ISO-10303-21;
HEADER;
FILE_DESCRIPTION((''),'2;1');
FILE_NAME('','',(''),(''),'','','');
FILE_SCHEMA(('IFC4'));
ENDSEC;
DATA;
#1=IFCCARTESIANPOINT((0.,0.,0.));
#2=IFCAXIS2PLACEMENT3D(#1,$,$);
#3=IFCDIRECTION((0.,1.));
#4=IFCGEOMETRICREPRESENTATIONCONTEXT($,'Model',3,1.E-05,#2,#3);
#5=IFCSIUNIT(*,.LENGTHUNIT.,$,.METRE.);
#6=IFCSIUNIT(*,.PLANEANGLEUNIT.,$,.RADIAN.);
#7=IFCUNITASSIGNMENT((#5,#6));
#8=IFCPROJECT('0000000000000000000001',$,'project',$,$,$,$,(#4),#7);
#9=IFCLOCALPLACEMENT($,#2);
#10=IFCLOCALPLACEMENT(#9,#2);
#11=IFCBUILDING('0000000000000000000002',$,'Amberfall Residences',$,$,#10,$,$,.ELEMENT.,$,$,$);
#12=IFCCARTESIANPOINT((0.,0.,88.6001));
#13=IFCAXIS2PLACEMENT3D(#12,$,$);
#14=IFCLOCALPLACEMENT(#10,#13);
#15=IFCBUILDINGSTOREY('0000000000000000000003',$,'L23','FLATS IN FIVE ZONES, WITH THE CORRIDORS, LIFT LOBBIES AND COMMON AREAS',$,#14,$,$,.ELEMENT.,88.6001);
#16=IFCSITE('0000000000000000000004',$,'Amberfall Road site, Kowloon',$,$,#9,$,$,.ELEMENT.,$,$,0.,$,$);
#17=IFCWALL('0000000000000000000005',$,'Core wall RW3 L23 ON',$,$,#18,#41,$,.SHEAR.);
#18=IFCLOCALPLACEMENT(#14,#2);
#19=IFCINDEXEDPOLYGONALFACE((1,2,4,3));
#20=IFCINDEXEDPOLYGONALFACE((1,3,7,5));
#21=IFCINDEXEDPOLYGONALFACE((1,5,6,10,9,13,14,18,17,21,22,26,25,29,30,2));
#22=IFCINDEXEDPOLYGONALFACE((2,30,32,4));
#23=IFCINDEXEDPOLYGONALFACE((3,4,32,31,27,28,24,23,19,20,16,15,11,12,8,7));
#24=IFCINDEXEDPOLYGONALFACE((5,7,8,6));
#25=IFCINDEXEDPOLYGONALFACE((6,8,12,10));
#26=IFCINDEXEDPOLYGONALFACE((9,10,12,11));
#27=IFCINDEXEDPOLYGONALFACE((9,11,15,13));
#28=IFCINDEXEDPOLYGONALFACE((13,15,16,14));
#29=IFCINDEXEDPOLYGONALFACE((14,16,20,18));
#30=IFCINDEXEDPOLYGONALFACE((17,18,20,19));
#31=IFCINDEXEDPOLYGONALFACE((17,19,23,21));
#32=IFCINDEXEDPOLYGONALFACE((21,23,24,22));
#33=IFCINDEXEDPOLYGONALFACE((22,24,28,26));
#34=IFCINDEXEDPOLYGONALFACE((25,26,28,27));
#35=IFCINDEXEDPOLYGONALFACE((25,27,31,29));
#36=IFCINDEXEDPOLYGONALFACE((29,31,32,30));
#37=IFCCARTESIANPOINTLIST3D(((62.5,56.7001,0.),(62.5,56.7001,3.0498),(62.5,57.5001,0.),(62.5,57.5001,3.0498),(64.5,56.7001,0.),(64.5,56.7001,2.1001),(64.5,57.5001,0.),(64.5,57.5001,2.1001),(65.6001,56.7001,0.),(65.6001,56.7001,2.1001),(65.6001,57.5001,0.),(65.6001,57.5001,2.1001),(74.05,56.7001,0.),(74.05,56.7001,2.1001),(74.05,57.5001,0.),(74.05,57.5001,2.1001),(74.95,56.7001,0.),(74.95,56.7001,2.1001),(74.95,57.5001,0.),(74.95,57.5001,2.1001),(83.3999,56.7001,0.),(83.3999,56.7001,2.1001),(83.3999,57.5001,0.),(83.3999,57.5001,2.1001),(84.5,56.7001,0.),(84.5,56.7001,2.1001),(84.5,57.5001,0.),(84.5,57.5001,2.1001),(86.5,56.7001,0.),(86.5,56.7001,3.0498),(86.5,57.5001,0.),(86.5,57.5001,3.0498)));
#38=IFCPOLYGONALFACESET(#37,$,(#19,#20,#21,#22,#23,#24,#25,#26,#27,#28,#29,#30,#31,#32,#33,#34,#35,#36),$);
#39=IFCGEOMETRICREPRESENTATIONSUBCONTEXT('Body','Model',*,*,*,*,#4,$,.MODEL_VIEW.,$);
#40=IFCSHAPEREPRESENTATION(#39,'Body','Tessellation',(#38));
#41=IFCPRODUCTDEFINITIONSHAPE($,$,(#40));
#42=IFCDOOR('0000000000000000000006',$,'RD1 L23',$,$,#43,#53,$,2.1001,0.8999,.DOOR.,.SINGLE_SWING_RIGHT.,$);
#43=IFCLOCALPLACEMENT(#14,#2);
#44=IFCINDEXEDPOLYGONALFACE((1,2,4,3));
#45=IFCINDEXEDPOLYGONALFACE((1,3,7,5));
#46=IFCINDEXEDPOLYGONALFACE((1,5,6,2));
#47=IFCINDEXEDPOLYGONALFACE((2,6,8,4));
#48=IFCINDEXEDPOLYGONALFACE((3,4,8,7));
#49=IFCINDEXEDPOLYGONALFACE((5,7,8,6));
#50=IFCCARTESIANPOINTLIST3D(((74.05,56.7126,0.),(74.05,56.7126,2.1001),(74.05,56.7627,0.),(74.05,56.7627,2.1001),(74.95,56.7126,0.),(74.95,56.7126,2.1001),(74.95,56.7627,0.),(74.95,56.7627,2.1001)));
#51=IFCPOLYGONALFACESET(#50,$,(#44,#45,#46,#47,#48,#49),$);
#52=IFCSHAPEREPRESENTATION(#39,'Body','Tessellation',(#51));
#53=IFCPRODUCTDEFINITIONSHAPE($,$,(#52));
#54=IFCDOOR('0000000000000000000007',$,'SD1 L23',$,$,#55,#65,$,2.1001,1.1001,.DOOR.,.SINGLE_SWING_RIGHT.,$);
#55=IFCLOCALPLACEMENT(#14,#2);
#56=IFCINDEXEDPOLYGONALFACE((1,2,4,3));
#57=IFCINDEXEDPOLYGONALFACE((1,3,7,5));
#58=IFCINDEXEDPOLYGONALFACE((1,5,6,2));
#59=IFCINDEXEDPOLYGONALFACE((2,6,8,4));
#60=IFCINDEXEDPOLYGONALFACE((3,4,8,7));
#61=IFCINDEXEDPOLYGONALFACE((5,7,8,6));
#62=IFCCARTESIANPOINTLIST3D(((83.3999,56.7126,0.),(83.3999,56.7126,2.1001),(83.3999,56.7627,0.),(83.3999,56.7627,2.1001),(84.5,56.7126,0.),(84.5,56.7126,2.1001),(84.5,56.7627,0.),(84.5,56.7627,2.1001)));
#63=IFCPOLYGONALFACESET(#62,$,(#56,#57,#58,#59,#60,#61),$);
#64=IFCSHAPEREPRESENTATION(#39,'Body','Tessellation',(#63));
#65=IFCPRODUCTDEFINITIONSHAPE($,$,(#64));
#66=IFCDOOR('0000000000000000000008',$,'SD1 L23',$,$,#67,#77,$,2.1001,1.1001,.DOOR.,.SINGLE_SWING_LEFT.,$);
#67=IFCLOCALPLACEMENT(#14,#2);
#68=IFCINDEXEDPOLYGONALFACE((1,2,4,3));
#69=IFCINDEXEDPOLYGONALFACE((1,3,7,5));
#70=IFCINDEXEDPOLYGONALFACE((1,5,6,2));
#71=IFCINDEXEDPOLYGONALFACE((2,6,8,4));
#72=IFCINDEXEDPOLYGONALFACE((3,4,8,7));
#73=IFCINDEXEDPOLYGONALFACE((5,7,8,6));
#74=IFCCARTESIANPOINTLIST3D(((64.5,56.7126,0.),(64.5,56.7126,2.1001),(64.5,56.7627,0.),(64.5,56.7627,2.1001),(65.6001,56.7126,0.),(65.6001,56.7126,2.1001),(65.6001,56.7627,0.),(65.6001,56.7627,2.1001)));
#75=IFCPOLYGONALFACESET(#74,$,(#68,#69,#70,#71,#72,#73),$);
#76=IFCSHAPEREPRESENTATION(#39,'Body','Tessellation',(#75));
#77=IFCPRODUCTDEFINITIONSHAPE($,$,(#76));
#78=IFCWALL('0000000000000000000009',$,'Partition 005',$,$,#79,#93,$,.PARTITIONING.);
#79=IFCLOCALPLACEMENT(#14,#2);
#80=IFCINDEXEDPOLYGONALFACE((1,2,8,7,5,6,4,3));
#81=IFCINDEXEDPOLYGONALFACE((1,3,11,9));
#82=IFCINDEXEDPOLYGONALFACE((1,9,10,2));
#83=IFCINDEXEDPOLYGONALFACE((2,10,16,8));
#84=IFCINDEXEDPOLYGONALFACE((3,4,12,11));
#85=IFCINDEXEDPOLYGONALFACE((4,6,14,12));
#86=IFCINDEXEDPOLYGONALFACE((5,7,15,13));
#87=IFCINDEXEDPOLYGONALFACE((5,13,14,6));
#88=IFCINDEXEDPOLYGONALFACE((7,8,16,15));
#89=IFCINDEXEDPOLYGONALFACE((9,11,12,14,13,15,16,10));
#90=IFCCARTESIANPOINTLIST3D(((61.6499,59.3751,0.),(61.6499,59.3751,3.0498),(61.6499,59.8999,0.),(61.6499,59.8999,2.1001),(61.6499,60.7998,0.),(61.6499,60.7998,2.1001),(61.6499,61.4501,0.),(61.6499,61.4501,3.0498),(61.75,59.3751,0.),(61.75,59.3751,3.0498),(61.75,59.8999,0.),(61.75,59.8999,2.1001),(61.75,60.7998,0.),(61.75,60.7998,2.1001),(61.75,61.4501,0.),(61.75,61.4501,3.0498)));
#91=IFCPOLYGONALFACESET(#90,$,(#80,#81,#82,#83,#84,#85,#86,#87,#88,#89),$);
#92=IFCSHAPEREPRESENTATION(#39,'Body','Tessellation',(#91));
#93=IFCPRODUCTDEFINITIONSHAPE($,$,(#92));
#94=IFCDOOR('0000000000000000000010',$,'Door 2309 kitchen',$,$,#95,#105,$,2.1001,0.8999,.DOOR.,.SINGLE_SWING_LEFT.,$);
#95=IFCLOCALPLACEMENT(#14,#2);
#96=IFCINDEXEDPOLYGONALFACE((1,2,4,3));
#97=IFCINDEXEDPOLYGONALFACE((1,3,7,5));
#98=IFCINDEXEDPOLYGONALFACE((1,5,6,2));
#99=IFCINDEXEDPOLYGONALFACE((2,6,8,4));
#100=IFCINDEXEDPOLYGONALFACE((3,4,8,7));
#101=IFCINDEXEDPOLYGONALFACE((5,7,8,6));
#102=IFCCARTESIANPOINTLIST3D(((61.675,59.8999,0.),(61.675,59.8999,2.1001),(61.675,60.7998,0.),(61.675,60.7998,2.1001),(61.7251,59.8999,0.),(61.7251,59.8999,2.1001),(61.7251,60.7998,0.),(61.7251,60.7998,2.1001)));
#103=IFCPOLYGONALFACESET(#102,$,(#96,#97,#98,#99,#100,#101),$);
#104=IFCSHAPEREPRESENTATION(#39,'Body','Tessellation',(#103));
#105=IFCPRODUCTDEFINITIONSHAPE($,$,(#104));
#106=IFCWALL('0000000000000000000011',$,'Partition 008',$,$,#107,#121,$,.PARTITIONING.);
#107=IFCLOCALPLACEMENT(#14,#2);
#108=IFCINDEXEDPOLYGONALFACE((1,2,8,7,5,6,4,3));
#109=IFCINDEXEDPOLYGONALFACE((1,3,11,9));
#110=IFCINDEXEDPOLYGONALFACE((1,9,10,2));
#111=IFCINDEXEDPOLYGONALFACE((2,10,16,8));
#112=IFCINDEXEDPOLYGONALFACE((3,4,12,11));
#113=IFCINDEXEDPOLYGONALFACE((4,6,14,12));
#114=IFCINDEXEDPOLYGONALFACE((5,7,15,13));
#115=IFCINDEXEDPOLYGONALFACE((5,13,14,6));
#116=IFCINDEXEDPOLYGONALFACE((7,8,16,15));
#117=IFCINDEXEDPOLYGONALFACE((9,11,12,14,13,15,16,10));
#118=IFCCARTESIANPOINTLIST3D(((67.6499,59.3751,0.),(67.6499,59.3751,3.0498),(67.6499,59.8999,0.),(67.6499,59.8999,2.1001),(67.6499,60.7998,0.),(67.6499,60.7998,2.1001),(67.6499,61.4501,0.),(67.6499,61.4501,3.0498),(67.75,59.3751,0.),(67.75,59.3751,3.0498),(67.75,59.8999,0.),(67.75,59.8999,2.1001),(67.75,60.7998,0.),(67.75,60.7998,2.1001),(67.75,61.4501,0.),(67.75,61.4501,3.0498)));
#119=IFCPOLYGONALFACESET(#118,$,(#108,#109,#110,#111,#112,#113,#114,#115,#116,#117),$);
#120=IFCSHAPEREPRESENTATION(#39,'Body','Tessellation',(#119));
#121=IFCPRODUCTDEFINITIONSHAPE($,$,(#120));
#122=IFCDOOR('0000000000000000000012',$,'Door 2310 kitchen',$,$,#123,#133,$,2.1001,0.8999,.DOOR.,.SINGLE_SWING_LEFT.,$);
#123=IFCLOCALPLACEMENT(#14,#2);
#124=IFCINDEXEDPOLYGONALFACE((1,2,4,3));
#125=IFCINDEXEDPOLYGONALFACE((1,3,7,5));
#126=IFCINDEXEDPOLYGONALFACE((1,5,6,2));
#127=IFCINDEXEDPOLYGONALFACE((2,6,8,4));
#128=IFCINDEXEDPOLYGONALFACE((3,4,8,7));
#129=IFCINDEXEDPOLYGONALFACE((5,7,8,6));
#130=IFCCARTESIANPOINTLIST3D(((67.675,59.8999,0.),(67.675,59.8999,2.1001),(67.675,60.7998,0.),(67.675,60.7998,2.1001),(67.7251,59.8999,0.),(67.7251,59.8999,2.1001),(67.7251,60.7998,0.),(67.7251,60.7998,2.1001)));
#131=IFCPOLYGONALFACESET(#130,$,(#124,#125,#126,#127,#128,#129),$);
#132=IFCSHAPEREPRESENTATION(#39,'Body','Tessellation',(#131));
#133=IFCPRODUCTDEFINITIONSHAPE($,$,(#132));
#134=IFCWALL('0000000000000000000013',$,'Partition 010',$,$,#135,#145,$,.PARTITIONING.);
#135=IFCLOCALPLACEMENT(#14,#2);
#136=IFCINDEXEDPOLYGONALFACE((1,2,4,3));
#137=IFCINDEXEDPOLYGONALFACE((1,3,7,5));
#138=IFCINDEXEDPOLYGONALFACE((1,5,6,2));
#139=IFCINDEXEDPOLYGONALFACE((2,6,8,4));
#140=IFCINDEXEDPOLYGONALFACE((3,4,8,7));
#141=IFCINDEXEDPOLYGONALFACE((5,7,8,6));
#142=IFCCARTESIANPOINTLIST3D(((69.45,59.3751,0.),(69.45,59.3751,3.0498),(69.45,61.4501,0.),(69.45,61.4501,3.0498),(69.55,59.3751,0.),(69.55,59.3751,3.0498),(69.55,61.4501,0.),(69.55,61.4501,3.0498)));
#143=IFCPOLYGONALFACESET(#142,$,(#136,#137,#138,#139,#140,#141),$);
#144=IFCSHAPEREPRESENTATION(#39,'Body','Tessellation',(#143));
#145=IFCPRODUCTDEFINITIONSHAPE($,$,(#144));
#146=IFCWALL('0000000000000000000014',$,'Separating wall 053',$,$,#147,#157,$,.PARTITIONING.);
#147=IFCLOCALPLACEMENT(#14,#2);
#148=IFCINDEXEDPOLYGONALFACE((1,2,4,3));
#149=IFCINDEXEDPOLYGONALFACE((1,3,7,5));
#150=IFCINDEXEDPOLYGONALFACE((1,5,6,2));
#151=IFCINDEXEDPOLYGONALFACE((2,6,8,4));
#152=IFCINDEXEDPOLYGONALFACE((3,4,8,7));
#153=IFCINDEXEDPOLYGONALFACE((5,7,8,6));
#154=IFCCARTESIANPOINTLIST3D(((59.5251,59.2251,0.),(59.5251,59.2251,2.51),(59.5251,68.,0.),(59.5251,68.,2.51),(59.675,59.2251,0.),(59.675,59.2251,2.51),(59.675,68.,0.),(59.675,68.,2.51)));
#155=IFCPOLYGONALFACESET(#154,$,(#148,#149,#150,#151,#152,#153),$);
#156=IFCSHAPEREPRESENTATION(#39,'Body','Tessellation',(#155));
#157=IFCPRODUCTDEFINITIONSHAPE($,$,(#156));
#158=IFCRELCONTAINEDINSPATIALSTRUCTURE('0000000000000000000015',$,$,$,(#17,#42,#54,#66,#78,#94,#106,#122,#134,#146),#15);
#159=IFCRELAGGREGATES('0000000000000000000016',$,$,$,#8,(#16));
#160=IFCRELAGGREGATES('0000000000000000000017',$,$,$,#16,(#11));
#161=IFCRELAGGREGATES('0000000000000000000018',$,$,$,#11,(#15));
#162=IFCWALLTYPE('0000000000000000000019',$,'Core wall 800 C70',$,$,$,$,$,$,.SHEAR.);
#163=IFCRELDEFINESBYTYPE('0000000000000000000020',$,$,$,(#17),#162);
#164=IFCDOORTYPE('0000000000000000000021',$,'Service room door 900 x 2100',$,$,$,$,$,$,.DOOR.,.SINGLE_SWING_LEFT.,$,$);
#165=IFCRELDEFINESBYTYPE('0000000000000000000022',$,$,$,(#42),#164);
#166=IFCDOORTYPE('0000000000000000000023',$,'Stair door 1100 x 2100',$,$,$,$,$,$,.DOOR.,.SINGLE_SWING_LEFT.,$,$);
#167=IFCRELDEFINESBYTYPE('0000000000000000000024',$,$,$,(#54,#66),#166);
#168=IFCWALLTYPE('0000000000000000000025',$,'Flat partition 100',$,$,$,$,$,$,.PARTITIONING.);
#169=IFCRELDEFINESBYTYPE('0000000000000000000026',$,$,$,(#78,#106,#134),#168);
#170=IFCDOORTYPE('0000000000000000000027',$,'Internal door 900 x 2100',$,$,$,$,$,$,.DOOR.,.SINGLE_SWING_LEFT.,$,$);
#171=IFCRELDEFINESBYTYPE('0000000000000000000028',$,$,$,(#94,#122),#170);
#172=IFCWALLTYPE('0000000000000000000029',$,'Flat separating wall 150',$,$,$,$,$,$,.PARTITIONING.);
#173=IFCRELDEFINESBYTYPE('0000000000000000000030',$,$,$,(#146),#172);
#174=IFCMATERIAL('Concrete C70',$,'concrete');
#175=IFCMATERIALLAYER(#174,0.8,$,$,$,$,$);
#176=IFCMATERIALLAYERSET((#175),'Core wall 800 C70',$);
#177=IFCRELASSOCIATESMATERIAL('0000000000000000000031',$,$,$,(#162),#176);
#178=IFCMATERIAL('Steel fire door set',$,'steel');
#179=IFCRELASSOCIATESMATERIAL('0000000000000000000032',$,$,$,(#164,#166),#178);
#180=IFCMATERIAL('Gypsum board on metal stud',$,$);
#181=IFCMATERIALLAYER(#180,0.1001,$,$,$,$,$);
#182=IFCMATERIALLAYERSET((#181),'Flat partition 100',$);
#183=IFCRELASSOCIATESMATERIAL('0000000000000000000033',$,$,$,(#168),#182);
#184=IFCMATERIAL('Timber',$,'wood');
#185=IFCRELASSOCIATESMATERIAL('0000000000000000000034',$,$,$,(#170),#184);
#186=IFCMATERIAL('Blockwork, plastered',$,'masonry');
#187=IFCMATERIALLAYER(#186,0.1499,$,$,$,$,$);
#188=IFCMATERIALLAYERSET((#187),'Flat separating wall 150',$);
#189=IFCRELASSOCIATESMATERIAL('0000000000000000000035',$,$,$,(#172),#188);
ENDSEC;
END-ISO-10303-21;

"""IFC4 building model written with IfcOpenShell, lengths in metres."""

from ifc_helpers import new_model, si_unit, direction, frame, frame_2d, origin, place, context, subcontext, project, spatial, rectangle, extrude, material, layer, layer_set, type_object, element, fill, save


model = new_model("IFC4")

# Units and contexts
model_context = context("Model", 3, precision=1e-05, world=origin(), true_north=direction((0.0, 1.0)))
body_context = subcontext(model_context, "Body", "Model", "MODEL_VIEW")
ifc_project = project(units=[si_unit("LENGTHUNIT", "METRE"), si_unit("PLANEANGLEUNIT", "RADIAN")], contexts=[model_context])

# Site, building, storey
site_placement = place(None, origin())
site = spatial("IfcSite", under=ifc_project, at=site_placement, Name="Amberfall Road site, Kowloon", CompositionType="ELEMENT", RefElevation=0.0)
building_placement = place(site_placement, origin())
building = spatial("IfcBuilding", under=site, at=building_placement, Name="Amberfall Residences", CompositionType="ELEMENT")
storey_placement = place(building_placement, frame((0.0, 0.0, 88.6001)))
storey = spatial("IfcBuildingStorey", under=building, at=storey_placement, Name="L23", Description="FLATS IN FIVE ZONES, WITH THE CORRIDORS, LIFT LOBBIES AND COMMON AREAS", CompositionType="ELEMENT", Elevation=88.6001)

# Wall, openings, doors
ifc_material_1 = material(Name="Concrete C70", Category="concrete")
ifc_layer_1 = layer(ifc_material_1, 0.8)
ifc_layer_set_1 = layer_set([ifc_layer_1], Name="Core wall 800 C70")
wall_type_1 = type_object("IfcWallType", Name="Core wall 800 C70", PredefinedType="SHEAR", material=ifc_layer_set_1)
wall_1_placement = place(storey_placement, frame((62.5, 57.1001, 0.0), z_axis=(0.0, 0.0, 1.0), x_axis=(1.0, 0.0, 0.0)))
wall_1 = element("IfcWall", 1, at=wall_1_placement, inside=storey, type_object=wall_type_1, Name="Core wall RW3 L23 ON", PredefinedType="SHEAR", context=body_context, shape_type="SweptSolid", body=[
    extrude(rectangle(XDim=24.0, YDim=0.8, at=frame_2d((12.0, 0.0))), origin(), (0.0, 0.0, 1.0), 3.0498),
])
opening_1_placement = place(wall_1_placement, frame((20.8999, 0.0, 0.0)))
opening_1 = element("IfcOpeningElement", 2, at=opening_1_placement, cuts=wall_1, PredefinedType="OPENING", context=body_context, shape_type="SweptSolid", body=[
    extrude(rectangle(XDim=1.1001, YDim=2.1001, at=frame_2d((0.55, 1.05))), frame((0.0, 0.4099, 0.0), z_axis=(0.0, -1.0, 0.0), x_axis=(1.0, 0.0, 0.0)), (0.0, 0.0, 1.0), 0.8201),
])
opening_2_placement = place(wall_1_placement, frame((2.0, 0.0, 0.0)))
opening_2 = element("IfcOpeningElement", 3, at=opening_2_placement, cuts=wall_1, PredefinedType="OPENING", context=body_context, shape_type="SweptSolid", body=[
    extrude(rectangle(XDim=1.1001, YDim=2.1001, at=frame_2d((0.55, 1.05))), frame((0.0, 0.4099, 0.0), z_axis=(0.0, -1.0, 0.0), x_axis=(1.0, 0.0, 0.0)), (0.0, 0.0, 1.0), 0.8201),
])
opening_3_placement = place(wall_1_placement, frame((11.55, 0.0, 0.0)))
opening_3 = element("IfcOpeningElement", 4, at=opening_3_placement, cuts=wall_1, PredefinedType="OPENING", context=body_context, shape_type="SweptSolid", body=[
    extrude(rectangle(XDim=0.8999, YDim=2.1001, at=frame_2d((0.45, 1.05))), frame((0.0, 0.4099, 0.0), z_axis=(0.0, -1.0, 0.0), x_axis=(1.0, 0.0, 0.0)), (0.0, 0.0, 1.0), 0.8201),
])
ifc_material_2 = material(Name="Steel fire door set", Category="steel")
door_type_1 = type_object("IfcDoorType", Name="Service room door 900 x 2100", OperationType="SINGLE_SWING_LEFT", PredefinedType="DOOR", material=ifc_material_2)
door_1_placement = place(opening_3_placement, origin())
door_1 = element("IfcDoor", 5, at=door_1_placement, inside=storey, type_object=door_type_1, Name="RD1 L23", OperationType="SINGLE_SWING_RIGHT", OverallHeight=2.1001, OverallWidth=0.8999, PredefinedType="DOOR", context=body_context, shape_type="SweptSolid", body=[
    extrude(rectangle(XDim=0.8999, YDim=2.1001, at=frame_2d((0.45, 1.05))), frame((0.0, -0.3374, 0.0), z_axis=(0.0, -1.0, 0.0), x_axis=(1.0, 0.0, 0.0)), (0.0, 0.0, 1.0), 0.05),
])
fill(opening_3, door_1)
door_type_2 = type_object("IfcDoorType", Name="Stair door 1100 x 2100", OperationType="SINGLE_SWING_LEFT", PredefinedType="DOOR", material=ifc_material_2)
door_2_placement = place(opening_1_placement, origin())
door_2 = element("IfcDoor", 6, at=door_2_placement, inside=storey, type_object=door_type_2, Name="SD1 L23", OperationType="SINGLE_SWING_RIGHT", OverallHeight=2.1001, OverallWidth=1.1001, PredefinedType="DOOR", context=body_context, shape_type="SweptSolid", body=[
    extrude(rectangle(XDim=1.1001, YDim=2.1001, at=frame_2d((0.55, 1.05))), frame((0.0, -0.3374, 0.0), z_axis=(0.0, -1.0, 0.0), x_axis=(1.0, 0.0, 0.0)), (0.0, 0.0, 1.0), 0.05),
])
fill(opening_1, door_2)
door_3_placement = place(opening_2_placement, origin())
door_3 = element("IfcDoor", 7, at=door_3_placement, inside=storey, type_object=door_type_2, Name="SD1 L23", OperationType="SINGLE_SWING_LEFT", OverallHeight=2.1001, OverallWidth=1.1001, PredefinedType="DOOR", context=body_context, shape_type="SweptSolid", body=[
    extrude(rectangle(XDim=1.1001, YDim=2.1001, at=frame_2d((0.55, 1.05))), frame((0.0, -0.3374, 0.0), z_axis=(0.0, -1.0, 0.0), x_axis=(1.0, 0.0, 0.0)), (0.0, 0.0, 1.0), 0.05),
])
fill(opening_2, door_3)

# Walls, openings, doors
ifc_material_3 = material(Name="Gypsum board on metal stud")
ifc_layer_2 = layer(ifc_material_3, 0.1001)
ifc_layer_set_2 = layer_set([ifc_layer_2], Name="Flat partition 100")
wall_type_2 = type_object("IfcWallType", Name="Flat partition 100", PredefinedType="PARTITIONING", material=ifc_layer_set_2)
wall_2_placement = place(storey_placement, frame((61.7, 59.375, 0.0), z_axis=(0.0, 0.0, 1.0), x_axis=(0.0, 1.0, 0.0)))
wall_2 = element("IfcWall", 8, at=wall_2_placement, inside=storey, type_object=wall_type_2, Name="Partition 005", PredefinedType="PARTITIONING", context=body_context, shape_type="SweptSolid", body=[
    extrude(rectangle(XDim=2.075, YDim=0.1001, at=frame_2d((1.0376, 0.0))), origin(), (0.0, 0.0, 1.0), 3.0498),
])
opening_4_placement = place(wall_2_placement, frame((0.5249, 0.0, 0.0)))
opening_4 = element("IfcOpeningElement", 9, at=opening_4_placement, cuts=wall_2, PredefinedType="OPENING", context=body_context, shape_type="SweptSolid", body=[
    extrude(rectangle(XDim=0.8999, YDim=2.1001, at=frame_2d((0.45, 1.05))), frame((0.0, 0.0601, 0.0), z_axis=(0.0, -1.0, 0.0), x_axis=(1.0, 0.0, 0.0)), (0.0, 0.0, 1.0), 0.1201),
])
ifc_material_4 = material(Name="Timber", Category="wood")
door_type_3 = type_object("IfcDoorType", Name="Internal door 900 x 2100", OperationType="SINGLE_SWING_LEFT", PredefinedType="DOOR", material=ifc_material_4)
door_4_placement = place(opening_4_placement, origin())
door_4 = element("IfcDoor", 10, at=door_4_placement, inside=storey, type_object=door_type_3, Name="Door 2309 kitchen", OperationType="SINGLE_SWING_LEFT", OverallHeight=2.1001, OverallWidth=0.8999, PredefinedType="DOOR", context=body_context, shape_type="SweptSolid", body=[
    extrude(rectangle(XDim=0.8999, YDim=2.1001, at=frame_2d((0.45, 1.05))), frame((0.0, 0.0249, 0.0), z_axis=(0.0, -1.0, 0.0), x_axis=(1.0, 0.0, 0.0)), (0.0, 0.0, 1.0), 0.05),
])
fill(opening_4, door_4)
wall_3_placement = place(storey_placement, frame((67.7, 59.375, 0.0), z_axis=(0.0, 0.0, 1.0), x_axis=(0.0, 1.0, 0.0)))
wall_3 = element("IfcWall", 11, at=wall_3_placement, inside=storey, type_object=wall_type_2, Name="Partition 008", PredefinedType="PARTITIONING", context=body_context, shape_type="SweptSolid", body=[
    extrude(rectangle(XDim=2.075, YDim=0.1001, at=frame_2d((1.0376, 0.0))), origin(), (0.0, 0.0, 1.0), 3.0498),
])
opening_5_placement = place(wall_3_placement, frame((0.5249, 0.0, 0.0)))
opening_5 = element("IfcOpeningElement", 12, at=opening_5_placement, cuts=wall_3, PredefinedType="OPENING", context=body_context, shape_type="SweptSolid", body=[
    extrude(rectangle(XDim=0.8999, YDim=2.1001, at=frame_2d((0.45, 1.05))), frame((0.0, 0.0601, 0.0), z_axis=(0.0, -1.0, 0.0), x_axis=(1.0, 0.0, 0.0)), (0.0, 0.0, 1.0), 0.1201),
])
door_5_placement = place(opening_5_placement, origin())
door_5 = element("IfcDoor", 13, at=door_5_placement, inside=storey, type_object=door_type_3, Name="Door 2310 kitchen", OperationType="SINGLE_SWING_LEFT", OverallHeight=2.1001, OverallWidth=0.8999, PredefinedType="DOOR", context=body_context, shape_type="SweptSolid", body=[
    extrude(rectangle(XDim=0.8999, YDim=2.1001, at=frame_2d((0.45, 1.05))), frame((0.0, 0.0249, 0.0), z_axis=(0.0, -1.0, 0.0), x_axis=(1.0, 0.0, 0.0)), (0.0, 0.0, 1.0), 0.05),
])
fill(opening_5, door_5)

# Walls
wall_4_placement = place(storey_placement, frame((69.5, 59.375, 0.0), z_axis=(0.0, 0.0, 1.0), x_axis=(0.0, 1.0, 0.0)))
element("IfcWall", 14, at=wall_4_placement, inside=storey, type_object=wall_type_2, Name="Partition 010", PredefinedType="PARTITIONING", context=body_context, shape_type="SweptSolid", body=[
    extrude(rectangle(XDim=2.075, YDim=0.1001, at=frame_2d((1.0376, 0.0))), origin(), (0.0, 0.0, 1.0), 3.0498),
])
ifc_material_5 = material(Name="Blockwork, plastered", Category="masonry")
ifc_layer_3 = layer(ifc_material_5, 0.1499)
ifc_layer_set_3 = layer_set([ifc_layer_3], Name="Flat separating wall 150")
wall_type_3 = type_object("IfcWallType", Name="Flat separating wall 150", PredefinedType="PARTITIONING", material=ifc_layer_set_3)
wall_5_placement = place(storey_placement, frame((59.6001, 59.2251, 0.0), z_axis=(0.0, 0.0, 1.0), x_axis=(0.0, 1.0, 0.0)))
element("IfcWall", 15, at=wall_5_placement, inside=storey, type_object=wall_type_3, Name="Separating wall 053", PredefinedType="PARTITIONING", context=body_context, shape_type="SweptSolid", body=[
    extrude(rectangle(XDim=8.7749, YDim=0.1499, at=frame_2d((4.3875, 0.0))), origin(), (0.0, 0.0, 1.0), 2.51),
])

save(model, "model.ifc")
